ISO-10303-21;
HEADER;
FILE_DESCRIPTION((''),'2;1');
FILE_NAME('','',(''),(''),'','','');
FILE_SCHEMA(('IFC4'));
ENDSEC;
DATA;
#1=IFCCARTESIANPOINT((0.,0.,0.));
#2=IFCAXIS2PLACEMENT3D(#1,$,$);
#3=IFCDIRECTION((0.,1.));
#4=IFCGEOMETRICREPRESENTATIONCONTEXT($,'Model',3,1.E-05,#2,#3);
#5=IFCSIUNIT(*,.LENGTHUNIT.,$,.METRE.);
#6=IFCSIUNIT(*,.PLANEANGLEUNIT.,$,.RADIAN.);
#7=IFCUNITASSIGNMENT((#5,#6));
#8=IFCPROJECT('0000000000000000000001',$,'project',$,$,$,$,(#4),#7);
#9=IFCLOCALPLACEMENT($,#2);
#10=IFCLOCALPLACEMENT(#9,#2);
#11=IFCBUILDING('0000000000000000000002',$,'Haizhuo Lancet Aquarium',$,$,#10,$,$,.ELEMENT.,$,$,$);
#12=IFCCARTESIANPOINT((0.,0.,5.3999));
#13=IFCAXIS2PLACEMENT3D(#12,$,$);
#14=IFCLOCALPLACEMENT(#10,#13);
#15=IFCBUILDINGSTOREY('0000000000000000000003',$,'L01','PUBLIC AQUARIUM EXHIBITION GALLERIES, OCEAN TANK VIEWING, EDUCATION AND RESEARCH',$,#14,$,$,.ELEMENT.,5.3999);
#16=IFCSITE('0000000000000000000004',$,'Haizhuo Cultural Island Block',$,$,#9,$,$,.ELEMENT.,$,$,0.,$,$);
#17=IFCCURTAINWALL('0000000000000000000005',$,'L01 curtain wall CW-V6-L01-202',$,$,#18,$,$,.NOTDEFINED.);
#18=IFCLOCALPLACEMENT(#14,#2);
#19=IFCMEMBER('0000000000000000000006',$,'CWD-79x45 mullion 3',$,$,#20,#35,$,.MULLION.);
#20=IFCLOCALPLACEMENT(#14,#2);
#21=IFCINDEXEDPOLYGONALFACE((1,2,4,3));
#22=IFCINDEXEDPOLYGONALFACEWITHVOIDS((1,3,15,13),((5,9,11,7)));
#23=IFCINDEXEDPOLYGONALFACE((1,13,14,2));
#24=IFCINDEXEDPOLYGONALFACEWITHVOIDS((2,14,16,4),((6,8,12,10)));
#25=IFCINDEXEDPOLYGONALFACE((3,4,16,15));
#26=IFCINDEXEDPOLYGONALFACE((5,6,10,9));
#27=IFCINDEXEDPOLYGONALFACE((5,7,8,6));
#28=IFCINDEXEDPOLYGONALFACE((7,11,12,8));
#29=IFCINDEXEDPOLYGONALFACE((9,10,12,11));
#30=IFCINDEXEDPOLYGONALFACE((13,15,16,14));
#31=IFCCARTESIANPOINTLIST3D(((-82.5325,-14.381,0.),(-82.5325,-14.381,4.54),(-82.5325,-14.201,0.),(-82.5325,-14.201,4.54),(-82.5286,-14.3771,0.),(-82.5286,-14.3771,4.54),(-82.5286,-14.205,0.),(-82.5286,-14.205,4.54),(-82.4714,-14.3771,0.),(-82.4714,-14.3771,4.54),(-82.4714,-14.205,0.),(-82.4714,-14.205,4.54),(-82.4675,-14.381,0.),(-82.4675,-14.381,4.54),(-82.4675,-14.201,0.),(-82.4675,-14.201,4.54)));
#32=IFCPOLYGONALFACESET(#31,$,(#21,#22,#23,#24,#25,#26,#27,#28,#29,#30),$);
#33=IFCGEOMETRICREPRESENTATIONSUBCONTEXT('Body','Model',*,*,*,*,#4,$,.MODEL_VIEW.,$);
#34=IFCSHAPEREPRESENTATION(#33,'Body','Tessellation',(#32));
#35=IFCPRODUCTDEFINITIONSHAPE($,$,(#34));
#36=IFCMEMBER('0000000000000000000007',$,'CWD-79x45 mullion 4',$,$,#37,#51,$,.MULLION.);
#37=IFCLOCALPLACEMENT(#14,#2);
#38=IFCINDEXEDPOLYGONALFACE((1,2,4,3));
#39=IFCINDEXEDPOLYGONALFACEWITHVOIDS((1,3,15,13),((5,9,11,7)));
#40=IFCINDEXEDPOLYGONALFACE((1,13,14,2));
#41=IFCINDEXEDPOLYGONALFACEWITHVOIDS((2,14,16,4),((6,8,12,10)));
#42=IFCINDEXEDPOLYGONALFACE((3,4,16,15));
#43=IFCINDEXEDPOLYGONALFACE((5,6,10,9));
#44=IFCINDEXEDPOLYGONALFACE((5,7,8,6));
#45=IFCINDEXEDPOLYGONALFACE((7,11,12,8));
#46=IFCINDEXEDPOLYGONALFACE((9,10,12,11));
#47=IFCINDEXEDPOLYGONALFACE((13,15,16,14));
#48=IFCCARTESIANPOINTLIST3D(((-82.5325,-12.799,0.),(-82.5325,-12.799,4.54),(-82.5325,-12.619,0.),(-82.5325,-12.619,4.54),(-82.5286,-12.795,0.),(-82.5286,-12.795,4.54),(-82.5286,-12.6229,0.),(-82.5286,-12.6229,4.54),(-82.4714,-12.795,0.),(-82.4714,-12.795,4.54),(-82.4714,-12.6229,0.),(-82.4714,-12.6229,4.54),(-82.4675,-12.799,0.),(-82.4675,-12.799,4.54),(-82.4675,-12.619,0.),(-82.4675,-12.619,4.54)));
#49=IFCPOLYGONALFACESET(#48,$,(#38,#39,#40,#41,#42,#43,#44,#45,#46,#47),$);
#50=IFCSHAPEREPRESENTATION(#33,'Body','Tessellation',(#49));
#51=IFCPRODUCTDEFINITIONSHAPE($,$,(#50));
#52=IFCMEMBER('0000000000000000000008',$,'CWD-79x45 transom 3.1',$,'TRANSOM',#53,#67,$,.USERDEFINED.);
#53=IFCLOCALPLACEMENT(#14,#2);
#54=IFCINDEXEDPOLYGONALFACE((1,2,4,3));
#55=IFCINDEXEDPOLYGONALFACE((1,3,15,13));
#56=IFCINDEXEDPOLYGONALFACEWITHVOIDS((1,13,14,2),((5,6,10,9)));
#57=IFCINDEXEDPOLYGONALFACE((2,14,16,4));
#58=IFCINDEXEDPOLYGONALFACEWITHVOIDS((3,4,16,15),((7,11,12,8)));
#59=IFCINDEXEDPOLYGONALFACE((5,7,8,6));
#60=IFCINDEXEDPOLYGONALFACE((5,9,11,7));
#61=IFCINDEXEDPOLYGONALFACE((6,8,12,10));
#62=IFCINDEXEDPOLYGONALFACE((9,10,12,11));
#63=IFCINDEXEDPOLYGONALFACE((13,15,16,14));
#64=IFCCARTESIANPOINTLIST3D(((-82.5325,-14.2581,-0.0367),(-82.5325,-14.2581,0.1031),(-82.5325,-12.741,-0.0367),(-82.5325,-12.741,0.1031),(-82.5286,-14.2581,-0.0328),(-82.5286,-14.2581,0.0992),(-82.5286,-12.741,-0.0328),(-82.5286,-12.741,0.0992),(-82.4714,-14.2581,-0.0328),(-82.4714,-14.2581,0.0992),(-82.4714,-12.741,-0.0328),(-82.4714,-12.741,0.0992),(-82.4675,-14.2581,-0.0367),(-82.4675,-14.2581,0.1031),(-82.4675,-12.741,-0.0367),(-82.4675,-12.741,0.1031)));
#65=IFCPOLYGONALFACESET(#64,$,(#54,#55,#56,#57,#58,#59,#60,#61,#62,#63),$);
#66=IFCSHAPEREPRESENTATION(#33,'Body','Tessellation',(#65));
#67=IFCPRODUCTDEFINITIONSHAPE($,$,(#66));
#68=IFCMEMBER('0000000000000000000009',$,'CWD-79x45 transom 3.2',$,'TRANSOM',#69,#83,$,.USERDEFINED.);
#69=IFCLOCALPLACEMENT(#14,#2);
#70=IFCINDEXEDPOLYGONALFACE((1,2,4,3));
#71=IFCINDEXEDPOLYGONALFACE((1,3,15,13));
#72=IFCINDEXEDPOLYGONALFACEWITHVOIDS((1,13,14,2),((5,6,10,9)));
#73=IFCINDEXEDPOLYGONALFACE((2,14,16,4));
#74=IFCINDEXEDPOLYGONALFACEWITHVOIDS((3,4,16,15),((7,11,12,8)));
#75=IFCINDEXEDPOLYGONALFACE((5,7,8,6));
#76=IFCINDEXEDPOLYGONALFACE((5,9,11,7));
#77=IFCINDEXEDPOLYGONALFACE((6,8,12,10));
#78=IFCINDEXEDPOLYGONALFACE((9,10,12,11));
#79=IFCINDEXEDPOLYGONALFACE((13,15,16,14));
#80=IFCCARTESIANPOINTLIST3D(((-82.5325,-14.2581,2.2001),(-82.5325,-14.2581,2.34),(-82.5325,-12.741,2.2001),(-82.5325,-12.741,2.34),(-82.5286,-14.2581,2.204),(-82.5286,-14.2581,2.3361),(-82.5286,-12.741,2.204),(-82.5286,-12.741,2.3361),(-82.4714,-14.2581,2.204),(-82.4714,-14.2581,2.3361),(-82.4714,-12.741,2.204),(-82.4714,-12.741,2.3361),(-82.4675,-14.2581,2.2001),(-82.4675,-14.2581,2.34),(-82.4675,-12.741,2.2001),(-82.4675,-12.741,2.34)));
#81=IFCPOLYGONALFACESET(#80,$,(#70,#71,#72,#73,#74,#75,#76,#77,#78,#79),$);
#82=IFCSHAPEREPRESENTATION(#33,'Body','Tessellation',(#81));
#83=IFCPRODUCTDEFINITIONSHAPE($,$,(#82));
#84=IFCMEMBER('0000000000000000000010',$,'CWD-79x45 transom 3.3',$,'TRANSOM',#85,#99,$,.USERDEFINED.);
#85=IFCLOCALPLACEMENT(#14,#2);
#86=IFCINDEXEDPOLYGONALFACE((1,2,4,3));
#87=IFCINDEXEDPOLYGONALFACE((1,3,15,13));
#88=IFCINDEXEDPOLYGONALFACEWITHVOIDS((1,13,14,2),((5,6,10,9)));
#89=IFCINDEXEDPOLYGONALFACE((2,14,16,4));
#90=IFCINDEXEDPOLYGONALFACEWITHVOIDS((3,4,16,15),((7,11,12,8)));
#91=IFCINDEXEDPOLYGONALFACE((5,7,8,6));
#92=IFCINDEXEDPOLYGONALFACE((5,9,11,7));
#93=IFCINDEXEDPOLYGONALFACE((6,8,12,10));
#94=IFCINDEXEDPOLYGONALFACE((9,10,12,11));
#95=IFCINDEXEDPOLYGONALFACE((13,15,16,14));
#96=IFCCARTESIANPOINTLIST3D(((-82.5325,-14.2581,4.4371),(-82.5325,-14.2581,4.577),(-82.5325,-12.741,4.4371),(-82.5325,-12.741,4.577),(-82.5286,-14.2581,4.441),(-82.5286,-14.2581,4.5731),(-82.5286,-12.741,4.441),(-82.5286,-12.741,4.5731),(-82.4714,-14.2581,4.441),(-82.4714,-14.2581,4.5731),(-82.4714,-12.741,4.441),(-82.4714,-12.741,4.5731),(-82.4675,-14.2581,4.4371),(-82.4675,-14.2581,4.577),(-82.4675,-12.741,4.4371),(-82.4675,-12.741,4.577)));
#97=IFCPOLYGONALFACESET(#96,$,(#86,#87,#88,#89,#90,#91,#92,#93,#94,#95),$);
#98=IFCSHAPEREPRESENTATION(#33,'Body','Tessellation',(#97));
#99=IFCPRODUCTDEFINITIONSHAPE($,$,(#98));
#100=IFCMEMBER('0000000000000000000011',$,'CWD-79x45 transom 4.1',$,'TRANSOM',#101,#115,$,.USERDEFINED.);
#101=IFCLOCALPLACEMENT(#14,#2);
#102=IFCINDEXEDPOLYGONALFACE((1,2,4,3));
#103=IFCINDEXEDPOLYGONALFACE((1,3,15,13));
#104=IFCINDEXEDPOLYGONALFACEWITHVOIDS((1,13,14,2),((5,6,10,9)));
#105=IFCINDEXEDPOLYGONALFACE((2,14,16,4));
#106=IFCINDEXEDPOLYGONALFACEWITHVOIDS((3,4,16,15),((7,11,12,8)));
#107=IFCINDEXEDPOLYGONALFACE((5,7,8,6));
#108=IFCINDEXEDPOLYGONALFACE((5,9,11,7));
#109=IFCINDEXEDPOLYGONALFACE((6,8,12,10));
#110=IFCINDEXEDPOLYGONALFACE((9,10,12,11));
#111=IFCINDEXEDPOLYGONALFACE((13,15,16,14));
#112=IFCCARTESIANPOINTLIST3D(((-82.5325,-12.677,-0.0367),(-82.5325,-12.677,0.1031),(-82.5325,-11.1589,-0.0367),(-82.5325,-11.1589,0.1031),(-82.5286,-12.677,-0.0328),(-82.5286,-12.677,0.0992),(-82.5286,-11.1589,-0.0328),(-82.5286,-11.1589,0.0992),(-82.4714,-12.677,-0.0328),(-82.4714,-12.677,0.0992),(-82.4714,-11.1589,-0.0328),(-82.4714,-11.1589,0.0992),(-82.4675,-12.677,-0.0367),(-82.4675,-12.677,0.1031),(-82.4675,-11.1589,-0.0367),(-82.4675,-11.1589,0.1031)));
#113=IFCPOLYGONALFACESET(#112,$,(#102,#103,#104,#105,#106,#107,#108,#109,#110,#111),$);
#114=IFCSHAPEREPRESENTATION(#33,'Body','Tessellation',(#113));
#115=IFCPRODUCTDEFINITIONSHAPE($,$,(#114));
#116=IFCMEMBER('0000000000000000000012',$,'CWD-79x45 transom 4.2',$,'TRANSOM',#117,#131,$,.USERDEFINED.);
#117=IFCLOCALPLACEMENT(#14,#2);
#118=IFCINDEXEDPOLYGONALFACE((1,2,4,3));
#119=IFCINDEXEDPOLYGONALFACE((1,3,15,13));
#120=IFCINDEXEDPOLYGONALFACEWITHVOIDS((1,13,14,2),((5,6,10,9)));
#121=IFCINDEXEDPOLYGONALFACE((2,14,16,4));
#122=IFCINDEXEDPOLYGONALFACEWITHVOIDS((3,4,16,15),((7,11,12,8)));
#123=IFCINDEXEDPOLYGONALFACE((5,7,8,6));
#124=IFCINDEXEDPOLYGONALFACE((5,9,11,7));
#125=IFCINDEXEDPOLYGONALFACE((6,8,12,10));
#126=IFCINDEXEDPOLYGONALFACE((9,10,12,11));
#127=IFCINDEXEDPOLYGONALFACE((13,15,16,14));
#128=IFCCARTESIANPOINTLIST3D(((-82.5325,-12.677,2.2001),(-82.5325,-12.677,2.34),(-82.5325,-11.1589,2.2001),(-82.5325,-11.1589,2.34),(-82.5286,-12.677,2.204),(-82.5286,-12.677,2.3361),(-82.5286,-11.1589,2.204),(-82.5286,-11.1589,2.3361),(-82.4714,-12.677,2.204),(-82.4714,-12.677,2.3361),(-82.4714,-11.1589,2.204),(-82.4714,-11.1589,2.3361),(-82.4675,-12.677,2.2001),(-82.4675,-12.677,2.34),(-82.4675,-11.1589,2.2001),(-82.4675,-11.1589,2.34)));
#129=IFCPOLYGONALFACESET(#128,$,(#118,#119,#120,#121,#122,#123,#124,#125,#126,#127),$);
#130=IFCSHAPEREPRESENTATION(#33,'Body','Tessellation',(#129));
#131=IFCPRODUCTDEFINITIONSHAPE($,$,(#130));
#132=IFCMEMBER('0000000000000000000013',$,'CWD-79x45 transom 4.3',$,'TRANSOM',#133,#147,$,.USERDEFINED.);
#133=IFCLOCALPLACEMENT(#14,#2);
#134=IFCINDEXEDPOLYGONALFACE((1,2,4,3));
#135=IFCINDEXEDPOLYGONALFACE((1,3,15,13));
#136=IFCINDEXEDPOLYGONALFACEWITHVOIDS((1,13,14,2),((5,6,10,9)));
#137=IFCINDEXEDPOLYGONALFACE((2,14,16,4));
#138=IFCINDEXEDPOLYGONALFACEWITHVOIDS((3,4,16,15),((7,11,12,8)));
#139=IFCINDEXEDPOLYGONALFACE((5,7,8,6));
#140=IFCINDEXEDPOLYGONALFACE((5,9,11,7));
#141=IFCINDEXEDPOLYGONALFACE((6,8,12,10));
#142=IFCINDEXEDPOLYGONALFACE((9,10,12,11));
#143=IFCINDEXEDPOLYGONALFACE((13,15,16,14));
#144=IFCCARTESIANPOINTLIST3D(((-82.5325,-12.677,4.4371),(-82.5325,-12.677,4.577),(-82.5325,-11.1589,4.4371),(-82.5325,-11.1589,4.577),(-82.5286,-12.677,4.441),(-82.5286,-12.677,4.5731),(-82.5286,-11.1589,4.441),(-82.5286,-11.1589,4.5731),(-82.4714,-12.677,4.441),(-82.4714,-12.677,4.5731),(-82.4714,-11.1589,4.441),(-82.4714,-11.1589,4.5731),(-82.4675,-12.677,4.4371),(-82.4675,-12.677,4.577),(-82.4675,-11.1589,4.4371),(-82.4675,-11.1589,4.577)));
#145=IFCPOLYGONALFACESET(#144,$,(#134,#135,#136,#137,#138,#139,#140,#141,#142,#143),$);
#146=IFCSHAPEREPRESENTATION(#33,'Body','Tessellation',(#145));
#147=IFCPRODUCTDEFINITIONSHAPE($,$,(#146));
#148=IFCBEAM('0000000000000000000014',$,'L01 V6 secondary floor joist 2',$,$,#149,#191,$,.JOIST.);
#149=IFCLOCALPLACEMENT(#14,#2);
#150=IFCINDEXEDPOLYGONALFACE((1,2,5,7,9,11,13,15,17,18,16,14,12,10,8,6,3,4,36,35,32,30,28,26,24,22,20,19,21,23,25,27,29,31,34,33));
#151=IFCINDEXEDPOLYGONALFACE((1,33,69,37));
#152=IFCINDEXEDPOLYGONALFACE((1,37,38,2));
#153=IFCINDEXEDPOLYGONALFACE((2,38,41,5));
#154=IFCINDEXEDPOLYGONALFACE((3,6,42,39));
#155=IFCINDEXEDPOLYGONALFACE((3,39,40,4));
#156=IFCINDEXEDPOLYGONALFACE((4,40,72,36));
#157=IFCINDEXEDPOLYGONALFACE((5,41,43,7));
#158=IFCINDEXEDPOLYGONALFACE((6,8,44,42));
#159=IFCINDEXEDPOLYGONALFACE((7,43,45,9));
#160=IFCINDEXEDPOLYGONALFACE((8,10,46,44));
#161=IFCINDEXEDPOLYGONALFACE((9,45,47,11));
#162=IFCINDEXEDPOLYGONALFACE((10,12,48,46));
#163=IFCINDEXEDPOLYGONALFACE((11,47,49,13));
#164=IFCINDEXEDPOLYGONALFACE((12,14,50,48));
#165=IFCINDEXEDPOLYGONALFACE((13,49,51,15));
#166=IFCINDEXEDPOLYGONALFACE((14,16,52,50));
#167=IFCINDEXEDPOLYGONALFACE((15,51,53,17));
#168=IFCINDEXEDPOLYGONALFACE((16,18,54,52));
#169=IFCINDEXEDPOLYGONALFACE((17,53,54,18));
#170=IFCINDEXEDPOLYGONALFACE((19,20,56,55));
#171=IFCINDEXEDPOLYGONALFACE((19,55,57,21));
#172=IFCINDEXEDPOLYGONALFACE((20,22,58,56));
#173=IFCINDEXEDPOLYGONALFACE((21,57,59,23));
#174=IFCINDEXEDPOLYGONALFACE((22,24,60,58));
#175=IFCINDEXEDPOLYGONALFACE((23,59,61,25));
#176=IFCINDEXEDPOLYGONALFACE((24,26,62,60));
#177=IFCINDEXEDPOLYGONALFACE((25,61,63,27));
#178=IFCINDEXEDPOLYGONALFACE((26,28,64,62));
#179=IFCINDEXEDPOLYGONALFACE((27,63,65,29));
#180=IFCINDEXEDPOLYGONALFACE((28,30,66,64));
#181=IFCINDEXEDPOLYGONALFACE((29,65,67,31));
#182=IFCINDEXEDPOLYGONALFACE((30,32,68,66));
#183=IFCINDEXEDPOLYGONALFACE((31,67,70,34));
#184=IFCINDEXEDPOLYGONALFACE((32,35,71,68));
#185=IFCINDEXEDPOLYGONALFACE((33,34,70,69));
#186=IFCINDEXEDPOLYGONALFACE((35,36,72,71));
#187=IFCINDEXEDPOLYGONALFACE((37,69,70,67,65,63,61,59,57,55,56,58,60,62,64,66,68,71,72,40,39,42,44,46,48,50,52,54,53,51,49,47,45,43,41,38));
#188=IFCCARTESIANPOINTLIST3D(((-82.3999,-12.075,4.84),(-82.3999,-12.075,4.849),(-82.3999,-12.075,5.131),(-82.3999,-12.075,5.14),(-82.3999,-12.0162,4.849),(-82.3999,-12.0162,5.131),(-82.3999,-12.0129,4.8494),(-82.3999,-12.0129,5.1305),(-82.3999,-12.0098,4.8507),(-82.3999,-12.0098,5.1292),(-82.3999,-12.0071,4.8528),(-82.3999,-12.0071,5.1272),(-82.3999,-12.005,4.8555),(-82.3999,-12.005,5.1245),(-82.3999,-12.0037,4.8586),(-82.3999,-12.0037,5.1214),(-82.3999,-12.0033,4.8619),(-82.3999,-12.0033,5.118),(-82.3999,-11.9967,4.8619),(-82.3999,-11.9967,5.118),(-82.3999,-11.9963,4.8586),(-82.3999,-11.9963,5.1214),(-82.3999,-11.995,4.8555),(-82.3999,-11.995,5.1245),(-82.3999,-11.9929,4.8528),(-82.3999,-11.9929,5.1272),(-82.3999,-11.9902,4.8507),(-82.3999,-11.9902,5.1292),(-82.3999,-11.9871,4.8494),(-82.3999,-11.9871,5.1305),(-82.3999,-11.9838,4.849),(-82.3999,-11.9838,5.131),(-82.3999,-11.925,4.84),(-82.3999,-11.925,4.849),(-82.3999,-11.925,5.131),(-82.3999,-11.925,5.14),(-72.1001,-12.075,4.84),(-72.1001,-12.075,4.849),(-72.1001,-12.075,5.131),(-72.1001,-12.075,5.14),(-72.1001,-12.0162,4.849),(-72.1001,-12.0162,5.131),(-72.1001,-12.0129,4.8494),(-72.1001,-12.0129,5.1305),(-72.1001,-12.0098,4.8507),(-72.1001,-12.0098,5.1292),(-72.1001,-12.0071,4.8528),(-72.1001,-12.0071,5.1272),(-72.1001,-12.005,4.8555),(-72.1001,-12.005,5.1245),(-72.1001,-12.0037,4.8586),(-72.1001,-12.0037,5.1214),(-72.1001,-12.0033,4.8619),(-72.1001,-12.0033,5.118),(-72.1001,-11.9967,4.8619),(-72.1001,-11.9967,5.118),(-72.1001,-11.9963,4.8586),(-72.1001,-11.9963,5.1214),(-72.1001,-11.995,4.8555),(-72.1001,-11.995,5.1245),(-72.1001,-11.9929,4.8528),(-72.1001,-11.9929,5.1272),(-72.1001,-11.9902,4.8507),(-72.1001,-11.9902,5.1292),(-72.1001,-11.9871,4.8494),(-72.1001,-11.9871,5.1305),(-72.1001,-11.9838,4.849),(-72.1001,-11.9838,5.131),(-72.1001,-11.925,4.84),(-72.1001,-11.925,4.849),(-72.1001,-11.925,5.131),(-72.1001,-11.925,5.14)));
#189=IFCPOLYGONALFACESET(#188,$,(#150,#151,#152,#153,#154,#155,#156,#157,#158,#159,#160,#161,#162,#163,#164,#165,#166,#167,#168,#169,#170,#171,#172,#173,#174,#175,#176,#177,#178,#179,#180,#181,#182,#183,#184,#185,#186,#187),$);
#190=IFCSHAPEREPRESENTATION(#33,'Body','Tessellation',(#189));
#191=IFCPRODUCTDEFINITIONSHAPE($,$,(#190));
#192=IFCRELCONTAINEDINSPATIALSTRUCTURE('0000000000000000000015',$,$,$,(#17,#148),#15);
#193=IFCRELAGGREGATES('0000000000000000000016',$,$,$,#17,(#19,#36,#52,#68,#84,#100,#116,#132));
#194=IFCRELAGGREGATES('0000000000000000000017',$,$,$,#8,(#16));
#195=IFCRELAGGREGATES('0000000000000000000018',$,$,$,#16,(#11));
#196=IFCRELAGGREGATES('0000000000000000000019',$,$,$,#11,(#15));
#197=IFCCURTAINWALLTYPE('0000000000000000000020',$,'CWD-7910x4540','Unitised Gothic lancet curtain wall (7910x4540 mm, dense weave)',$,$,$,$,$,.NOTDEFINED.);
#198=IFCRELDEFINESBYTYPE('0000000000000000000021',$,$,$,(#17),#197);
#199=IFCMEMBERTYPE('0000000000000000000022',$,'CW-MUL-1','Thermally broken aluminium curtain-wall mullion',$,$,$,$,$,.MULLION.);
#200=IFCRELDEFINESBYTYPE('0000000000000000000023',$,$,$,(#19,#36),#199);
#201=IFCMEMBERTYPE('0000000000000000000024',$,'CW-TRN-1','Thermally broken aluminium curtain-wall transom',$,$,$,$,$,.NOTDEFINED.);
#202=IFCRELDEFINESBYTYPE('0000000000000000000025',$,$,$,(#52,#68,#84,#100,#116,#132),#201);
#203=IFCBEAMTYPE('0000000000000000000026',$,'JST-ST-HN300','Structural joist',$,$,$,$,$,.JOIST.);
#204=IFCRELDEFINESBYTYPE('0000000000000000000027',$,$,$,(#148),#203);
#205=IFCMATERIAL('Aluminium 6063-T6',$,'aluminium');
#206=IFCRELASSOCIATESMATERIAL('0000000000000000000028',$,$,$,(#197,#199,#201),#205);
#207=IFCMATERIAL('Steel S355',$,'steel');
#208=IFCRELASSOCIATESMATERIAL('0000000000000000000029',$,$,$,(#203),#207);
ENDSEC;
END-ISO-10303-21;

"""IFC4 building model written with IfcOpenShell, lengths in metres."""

from ifc_helpers import new_model, si_unit, direction, frame, origin, origin_2d, place, context, subcontext, project, spatial, hollow_rectangle, i_section, extrude, material, material_profile, profile_set, type_object, element, aggregate, save


model = new_model("IFC4")

# Units and contexts
model_context = context("Model", 3, precision=1e-05, world=origin(), true_north=direction((0.0, 1.0)))
body_context = subcontext(model_context, "Body", "Model", "MODEL_VIEW")
ifc_project = project(units=[si_unit("LENGTHUNIT", "METRE"), si_unit("PLANEANGLEUNIT", "RADIAN")], contexts=[model_context])

# Site, building, storey
site_placement = place(None, origin())
site = spatial("IfcSite", under=ifc_project, at=site_placement, Name="Haizhuo Cultural Island Block", CompositionType="ELEMENT", RefElevation=0.0)
building_placement = place(site_placement, origin())
building = spatial("IfcBuilding", under=site, at=building_placement, Name="Haizhuo Lancet Aquarium", CompositionType="ELEMENT")
storey_placement = place(building_placement, frame((0.0, 0.0, 5.3999)))
storey = spatial("IfcBuildingStorey", under=building, at=storey_placement, Name="L01", Description="PUBLIC AQUARIUM EXHIBITION GALLERIES, OCEAN TANK VIEWING, EDUCATION AND RESEARCH", CompositionType="ELEMENT", Elevation=5.3999)

# Curtain wall, members
ifc_material_1 = material(Name="Aluminium 6063-T6", Category="aluminium")
curtain_wall_type = type_object("IfcCurtainWallType", Name="CWD-7910x4540", Description="Unitised Gothic lancet curtain wall (7910x4540 mm, dense weave)", PredefinedType="NOTDEFINED", material=ifc_material_1)
curtain_wall_placement = place(storey_placement, origin())
curtain_wall = element("IfcCurtainWall", 1, at=curtain_wall_placement, inside=storey, type_object=curtain_wall_type, Name="L01 curtain wall CW-V6-L01-202", PredefinedType="NOTDEFINED")
ifc_material_profile_1 = material_profile(ifc_material_1, hollow_rectangle(XDim=0.0649, YDim=0.1799, WallThickness=0.0039, at=origin_2d()), Name="ALU-M 65x180x4")
ifc_profile_set_1 = profile_set([ifc_material_profile_1], Name="Aluminium 6063-T6")
member_type_1 = type_object("IfcMemberType", Name="CW-MUL-1", Description="Thermally broken aluminium curtain-wall mullion", PredefinedType="MULLION", material=ifc_profile_set_1)
member_1_placement = place(storey_placement, frame((-82.5, -14.291, 0.0), z_axis=(0.0, 0.0, 1.0), x_axis=(-1.0, 0.0, 0.0)))
member_1 = element("IfcMember", 2, at=member_1_placement, type_object=member_type_1, Name="CWD-79x45 mullion 3", PredefinedType="MULLION", context=body_context, shape_type="SweptSolid", body=[
    extrude(hollow_rectangle(XDim=0.0649, YDim=0.1799, WallThickness=0.0039, at=origin_2d()), origin(), (0.0, 0.0, 1.0), 4.54),
])
member_2_placement = place(storey_placement, frame((-82.5, -12.709, 0.0), z_axis=(0.0, 0.0, 1.0), x_axis=(-1.0, 0.0, 0.0)))
member_2 = element("IfcMember", 3, at=member_2_placement, type_object=member_type_1, Name="CWD-79x45 mullion 4", PredefinedType="MULLION", context=body_context, shape_type="SweptSolid", body=[
    extrude(hollow_rectangle(XDim=0.0649, YDim=0.1799, WallThickness=0.0039, at=origin_2d()), origin(), (0.0, 0.0, 1.0), 4.54),
])
ifc_material_profile_2 = material_profile(ifc_material_1, hollow_rectangle(XDim=0.0649, YDim=0.1399, WallThickness=0.0039, at=origin_2d()), Name="ALU-T 65x140x4")
ifc_profile_set_2 = profile_set([ifc_material_profile_2], Name="Aluminium 6063-T6")
member_type_2 = type_object("IfcMemberType", Name="CW-TRN-1", Description="Thermally broken aluminium curtain-wall transom", PredefinedType="NOTDEFINED", material=ifc_profile_set_2)
member_3_placement = place(storey_placement, frame((-82.5, -14.2581, 0.0332), z_axis=(0.0, 1.0, 0.0), x_axis=(-1.0, 0.0, 0.0)))
member_3 = element("IfcMember", 4, at=member_3_placement, type_object=member_type_2, Name="CWD-79x45 transom 3.1", ObjectType="TRANSOM", PredefinedType="USERDEFINED", context=body_context, shape_type="SweptSolid", body=[
    extrude(hollow_rectangle(XDim=0.0649, YDim=0.1399, WallThickness=0.0039, at=origin_2d()), origin(), (0.0, 0.0, 1.0), 1.5171),
])
member_4_placement = place(storey_placement, frame((-82.5, -14.2581, 2.27), z_axis=(0.0, 1.0, 0.0), x_axis=(-1.0, 0.0, 0.0)))
member_4 = element("IfcMember", 5, at=member_4_placement, type_object=member_type_2, Name="CWD-79x45 transom 3.2", ObjectType="TRANSOM", PredefinedType="USERDEFINED", context=body_context, shape_type="SweptSolid", body=[
    extrude(hollow_rectangle(XDim=0.0649, YDim=0.1399, WallThickness=0.0039, at=origin_2d()), origin(), (0.0, 0.0, 1.0), 1.5171),
])
member_5_placement = place(storey_placement, frame((-82.5, -14.2581, 4.5071), z_axis=(0.0, 1.0, 0.0), x_axis=(-1.0, 0.0, 0.0)))
member_5 = element("IfcMember", 6, at=member_5_placement, type_object=member_type_2, Name="CWD-79x45 transom 3.3", ObjectType="TRANSOM", PredefinedType="USERDEFINED", context=body_context, shape_type="SweptSolid", body=[
    extrude(hollow_rectangle(XDim=0.0649, YDim=0.1399, WallThickness=0.0039, at=origin_2d()), origin(), (0.0, 0.0, 1.0), 1.5171),
])
member_6_placement = place(storey_placement, frame((-82.5, -12.677, 0.0332), z_axis=(0.0, 1.0, 0.0), x_axis=(-1.0, 0.0, 0.0)))
member_6 = element("IfcMember", 7, at=member_6_placement, type_object=member_type_2, Name="CWD-79x45 transom 4.1", ObjectType="TRANSOM", PredefinedType="USERDEFINED", context=body_context, shape_type="SweptSolid", body=[
    extrude(hollow_rectangle(XDim=0.0649, YDim=0.1399, WallThickness=0.0039, at=origin_2d()), origin(), (0.0, 0.0, 1.0), 1.5181),
])
member_7_placement = place(storey_placement, frame((-82.5, -12.677, 2.27), z_axis=(0.0, 1.0, 0.0), x_axis=(-1.0, 0.0, 0.0)))
member_7 = element("IfcMember", 8, at=member_7_placement, type_object=member_type_2, Name="CWD-79x45 transom 4.2", ObjectType="TRANSOM", PredefinedType="USERDEFINED", context=body_context, shape_type="SweptSolid", body=[
    extrude(hollow_rectangle(XDim=0.0649, YDim=0.1399, WallThickness=0.0039, at=origin_2d()), origin(), (0.0, 0.0, 1.0), 1.5181),
])
member_8_placement = place(storey_placement, frame((-82.5, -12.677, 4.5071), z_axis=(0.0, 1.0, 0.0), x_axis=(-1.0, 0.0, 0.0)))
member_8 = element("IfcMember", 9, at=member_8_placement, type_object=member_type_2, Name="CWD-79x45 transom 4.3", ObjectType="TRANSOM", PredefinedType="USERDEFINED", context=body_context, shape_type="SweptSolid", body=[
    extrude(hollow_rectangle(XDim=0.0649, YDim=0.1399, WallThickness=0.0039, at=origin_2d()), origin(), (0.0, 0.0, 1.0), 1.5181),
])

# Beam
ifc_material_2 = material(Name="Steel S355", Category="steel")
ifc_material_profile_3 = material_profile(ifc_material_2, i_section(OverallWidth=0.1499, OverallDepth=0.3, WebThickness=0.0066, FlangeThickness=0.009, FilletRadius=0.0129, at=origin_2d()), Name="HN 300x150x6.5x9")
ifc_profile_set_3 = profile_set([ifc_material_profile_3], Name="Steel S355")
beam_type = type_object("IfcBeamType", Name="JST-ST-HN300", Description="Structural joist", PredefinedType="JOIST", material=ifc_profile_set_3)
beam_placement = place(storey_placement, frame((-82.3999, -12.0, 4.99), z_axis=(1.0, 0.0, 0.0), x_axis=(0.0, 1.0, 0.0)))
element("IfcBeam", 10, at=beam_placement, inside=storey, type_object=beam_type, Name="L01 V6 secondary floor joist 2", PredefinedType="JOIST", context=body_context, shape_type="SweptSolid", body=[
    extrude(i_section(OverallWidth=0.1499, OverallDepth=0.3, WebThickness=0.0066, FlangeThickness=0.009, FilletRadius=0.0129, at=origin_2d()), origin(), (0.0, 0.0, 1.0), 10.2998),
])

aggregate(curtain_wall, [member_1, member_2, member_3, member_4, member_5, member_6, member_7, member_8])

save(model, "model.ifc")
